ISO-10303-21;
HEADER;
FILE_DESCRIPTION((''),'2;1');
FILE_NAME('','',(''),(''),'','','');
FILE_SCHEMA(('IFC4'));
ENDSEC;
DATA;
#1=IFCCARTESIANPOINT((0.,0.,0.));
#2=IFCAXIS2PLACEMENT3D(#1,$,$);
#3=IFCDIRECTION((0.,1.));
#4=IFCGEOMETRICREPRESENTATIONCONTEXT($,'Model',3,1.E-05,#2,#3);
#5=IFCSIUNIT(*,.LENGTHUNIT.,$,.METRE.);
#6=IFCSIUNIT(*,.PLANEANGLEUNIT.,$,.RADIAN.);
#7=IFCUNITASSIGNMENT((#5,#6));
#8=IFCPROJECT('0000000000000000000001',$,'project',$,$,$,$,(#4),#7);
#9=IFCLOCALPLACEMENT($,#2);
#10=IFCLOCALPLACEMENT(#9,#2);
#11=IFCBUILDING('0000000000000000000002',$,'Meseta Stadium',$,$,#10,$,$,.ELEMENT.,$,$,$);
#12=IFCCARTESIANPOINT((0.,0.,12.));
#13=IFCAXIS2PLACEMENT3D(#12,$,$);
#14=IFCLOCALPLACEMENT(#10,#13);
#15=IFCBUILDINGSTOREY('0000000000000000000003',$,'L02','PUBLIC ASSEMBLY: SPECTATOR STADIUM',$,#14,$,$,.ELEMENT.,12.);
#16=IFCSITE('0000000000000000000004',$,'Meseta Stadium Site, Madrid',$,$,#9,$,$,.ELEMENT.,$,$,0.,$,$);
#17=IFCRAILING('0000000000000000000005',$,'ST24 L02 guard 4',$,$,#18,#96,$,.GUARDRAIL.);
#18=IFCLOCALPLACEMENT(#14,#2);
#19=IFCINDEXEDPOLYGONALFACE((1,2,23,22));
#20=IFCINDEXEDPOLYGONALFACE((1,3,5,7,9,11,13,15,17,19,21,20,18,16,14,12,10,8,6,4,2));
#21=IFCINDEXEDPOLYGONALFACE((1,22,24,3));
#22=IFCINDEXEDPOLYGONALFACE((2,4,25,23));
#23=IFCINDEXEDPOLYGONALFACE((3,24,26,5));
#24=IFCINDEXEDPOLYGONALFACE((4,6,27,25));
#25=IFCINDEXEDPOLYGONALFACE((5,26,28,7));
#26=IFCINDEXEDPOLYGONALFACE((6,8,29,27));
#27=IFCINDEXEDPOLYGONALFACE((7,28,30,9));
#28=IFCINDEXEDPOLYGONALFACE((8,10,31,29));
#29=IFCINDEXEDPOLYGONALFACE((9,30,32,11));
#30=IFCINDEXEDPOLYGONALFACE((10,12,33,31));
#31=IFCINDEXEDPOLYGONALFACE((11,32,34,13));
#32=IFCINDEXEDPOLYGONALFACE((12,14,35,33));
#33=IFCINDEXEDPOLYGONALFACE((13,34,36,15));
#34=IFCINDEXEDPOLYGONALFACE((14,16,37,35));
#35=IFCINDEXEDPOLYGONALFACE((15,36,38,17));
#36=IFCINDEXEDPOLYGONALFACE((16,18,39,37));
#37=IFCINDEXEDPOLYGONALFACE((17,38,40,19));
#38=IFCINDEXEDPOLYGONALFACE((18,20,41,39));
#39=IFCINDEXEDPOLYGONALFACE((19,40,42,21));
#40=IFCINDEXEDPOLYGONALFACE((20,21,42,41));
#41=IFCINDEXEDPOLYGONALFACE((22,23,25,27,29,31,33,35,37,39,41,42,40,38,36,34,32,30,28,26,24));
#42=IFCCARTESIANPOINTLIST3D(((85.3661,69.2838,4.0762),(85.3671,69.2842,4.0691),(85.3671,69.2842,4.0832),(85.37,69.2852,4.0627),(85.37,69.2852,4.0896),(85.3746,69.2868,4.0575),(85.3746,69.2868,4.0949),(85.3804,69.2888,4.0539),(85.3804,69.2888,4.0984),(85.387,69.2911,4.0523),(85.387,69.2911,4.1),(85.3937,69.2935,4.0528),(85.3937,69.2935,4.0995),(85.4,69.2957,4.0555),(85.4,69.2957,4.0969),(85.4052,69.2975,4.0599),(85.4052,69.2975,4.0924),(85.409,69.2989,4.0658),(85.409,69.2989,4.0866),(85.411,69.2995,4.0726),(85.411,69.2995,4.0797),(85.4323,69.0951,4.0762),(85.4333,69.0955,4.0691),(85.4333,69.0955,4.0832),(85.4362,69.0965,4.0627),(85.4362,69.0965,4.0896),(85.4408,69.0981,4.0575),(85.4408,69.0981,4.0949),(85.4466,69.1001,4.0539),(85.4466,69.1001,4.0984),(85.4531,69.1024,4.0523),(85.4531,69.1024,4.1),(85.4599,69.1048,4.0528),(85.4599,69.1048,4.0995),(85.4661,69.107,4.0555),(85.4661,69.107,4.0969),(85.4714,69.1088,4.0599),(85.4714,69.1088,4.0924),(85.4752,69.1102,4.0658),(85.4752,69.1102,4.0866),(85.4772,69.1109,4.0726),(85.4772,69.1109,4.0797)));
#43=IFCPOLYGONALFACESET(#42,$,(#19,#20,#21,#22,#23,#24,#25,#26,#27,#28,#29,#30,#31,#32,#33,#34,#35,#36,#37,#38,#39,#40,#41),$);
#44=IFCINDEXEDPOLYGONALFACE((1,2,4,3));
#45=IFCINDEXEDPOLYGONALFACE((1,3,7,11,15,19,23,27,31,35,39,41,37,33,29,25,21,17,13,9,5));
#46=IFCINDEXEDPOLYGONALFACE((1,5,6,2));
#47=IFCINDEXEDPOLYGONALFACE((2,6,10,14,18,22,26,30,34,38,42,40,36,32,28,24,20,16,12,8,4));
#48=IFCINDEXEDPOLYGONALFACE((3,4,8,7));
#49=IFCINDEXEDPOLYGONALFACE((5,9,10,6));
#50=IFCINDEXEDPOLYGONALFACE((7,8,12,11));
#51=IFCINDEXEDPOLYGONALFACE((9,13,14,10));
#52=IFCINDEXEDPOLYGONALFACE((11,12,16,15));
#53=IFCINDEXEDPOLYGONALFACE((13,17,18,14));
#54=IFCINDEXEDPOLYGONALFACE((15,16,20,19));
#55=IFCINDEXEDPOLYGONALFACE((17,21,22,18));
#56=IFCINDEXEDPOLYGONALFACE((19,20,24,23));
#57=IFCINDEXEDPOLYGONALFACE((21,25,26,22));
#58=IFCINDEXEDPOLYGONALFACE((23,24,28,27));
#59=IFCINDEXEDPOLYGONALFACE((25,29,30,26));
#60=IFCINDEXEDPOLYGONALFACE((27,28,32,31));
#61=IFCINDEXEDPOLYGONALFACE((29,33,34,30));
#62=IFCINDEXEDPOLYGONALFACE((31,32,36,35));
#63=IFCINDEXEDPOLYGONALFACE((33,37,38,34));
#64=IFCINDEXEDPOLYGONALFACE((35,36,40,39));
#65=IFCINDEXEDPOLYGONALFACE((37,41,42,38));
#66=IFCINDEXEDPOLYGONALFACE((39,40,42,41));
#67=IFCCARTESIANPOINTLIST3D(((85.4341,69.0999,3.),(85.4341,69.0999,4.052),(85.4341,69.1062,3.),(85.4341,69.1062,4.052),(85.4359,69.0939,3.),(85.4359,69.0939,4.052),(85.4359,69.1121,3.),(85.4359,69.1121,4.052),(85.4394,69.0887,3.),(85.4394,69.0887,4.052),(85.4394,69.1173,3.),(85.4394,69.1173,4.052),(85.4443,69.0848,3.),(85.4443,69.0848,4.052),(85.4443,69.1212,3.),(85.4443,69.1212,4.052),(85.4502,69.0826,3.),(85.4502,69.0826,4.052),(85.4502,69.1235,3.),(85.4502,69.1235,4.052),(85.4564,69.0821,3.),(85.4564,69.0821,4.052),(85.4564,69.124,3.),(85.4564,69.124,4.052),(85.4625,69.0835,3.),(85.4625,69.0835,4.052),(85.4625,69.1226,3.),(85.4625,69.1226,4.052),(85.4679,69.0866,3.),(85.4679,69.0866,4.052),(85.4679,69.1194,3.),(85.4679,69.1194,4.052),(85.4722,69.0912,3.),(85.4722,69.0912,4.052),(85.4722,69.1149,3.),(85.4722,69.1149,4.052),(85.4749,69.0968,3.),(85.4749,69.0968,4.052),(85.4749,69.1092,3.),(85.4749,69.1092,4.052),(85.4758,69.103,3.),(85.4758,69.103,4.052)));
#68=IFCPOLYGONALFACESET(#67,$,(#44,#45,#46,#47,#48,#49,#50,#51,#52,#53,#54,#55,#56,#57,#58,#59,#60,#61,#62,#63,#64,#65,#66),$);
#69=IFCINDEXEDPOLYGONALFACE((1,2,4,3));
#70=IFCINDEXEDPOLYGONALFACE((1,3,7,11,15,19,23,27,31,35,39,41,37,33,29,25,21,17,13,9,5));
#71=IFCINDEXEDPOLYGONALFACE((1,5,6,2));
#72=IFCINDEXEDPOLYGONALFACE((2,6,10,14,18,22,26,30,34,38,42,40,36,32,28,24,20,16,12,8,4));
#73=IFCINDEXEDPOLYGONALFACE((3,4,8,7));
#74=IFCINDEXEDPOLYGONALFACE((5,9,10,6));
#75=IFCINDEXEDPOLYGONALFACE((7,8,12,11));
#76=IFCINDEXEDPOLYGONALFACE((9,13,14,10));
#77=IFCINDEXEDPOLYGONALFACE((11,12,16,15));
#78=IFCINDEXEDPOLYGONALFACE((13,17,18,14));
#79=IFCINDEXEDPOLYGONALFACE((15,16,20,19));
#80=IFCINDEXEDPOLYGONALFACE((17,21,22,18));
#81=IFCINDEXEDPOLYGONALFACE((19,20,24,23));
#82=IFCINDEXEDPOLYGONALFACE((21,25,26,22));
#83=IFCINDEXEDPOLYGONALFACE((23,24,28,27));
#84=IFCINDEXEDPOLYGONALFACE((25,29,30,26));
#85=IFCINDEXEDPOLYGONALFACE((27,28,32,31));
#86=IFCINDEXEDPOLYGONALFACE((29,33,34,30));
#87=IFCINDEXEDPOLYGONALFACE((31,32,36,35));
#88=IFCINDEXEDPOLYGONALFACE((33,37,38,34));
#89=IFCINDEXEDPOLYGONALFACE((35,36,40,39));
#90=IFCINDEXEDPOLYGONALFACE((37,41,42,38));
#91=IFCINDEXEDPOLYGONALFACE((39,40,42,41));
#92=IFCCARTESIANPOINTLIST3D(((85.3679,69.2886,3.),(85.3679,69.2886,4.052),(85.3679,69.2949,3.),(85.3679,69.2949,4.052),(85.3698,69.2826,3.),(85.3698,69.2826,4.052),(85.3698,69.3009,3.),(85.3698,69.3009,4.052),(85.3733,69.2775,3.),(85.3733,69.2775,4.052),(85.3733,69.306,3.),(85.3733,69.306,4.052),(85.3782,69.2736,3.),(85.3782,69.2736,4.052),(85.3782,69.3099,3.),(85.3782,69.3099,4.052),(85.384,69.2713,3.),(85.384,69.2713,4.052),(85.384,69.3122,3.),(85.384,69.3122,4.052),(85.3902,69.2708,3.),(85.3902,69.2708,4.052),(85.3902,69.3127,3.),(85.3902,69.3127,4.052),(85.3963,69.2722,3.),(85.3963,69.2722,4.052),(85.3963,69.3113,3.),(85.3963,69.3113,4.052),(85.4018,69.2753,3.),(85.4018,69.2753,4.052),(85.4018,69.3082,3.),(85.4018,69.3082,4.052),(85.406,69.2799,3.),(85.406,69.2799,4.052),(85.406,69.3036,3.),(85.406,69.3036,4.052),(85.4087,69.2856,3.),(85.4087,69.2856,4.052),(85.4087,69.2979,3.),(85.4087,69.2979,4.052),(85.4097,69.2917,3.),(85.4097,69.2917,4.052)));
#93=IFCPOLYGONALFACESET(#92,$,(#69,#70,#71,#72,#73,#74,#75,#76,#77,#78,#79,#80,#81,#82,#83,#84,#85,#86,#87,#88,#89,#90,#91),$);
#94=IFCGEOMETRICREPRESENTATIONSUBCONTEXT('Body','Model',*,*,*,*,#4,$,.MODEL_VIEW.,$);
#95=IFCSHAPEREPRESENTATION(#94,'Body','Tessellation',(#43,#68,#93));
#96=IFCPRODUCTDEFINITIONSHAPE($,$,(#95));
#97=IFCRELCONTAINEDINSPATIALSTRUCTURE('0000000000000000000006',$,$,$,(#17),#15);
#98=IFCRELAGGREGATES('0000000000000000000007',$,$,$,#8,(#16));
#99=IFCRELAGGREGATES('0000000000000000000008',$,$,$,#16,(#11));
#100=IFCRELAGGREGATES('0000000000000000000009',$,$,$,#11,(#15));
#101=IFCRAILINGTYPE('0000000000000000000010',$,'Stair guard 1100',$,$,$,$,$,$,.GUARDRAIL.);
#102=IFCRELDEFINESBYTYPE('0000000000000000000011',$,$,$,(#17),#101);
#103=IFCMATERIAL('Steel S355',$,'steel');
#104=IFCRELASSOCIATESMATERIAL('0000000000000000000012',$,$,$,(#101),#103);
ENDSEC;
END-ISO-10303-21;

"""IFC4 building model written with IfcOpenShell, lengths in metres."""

from ifc_helpers import new_model, si_unit, direction, frame, origin, origin_2d, place, context, subcontext, project, spatial, circle, extrude, material, type_object, element, save


model = new_model("IFC4")

# Units and contexts
model_context = context("Model", 3, precision=1e-05, world=origin(), true_north=direction((0.0, 1.0)))
body_context = subcontext(model_context, "Body", "Model", "MODEL_VIEW")
ifc_project = project(units=[si_unit("LENGTHUNIT", "METRE"), si_unit("PLANEANGLEUNIT", "RADIAN")], contexts=[model_context])

# Site, building, storey
site_placement = place(None, origin())
site = spatial("IfcSite", under=ifc_project, at=site_placement, Name="Meseta Stadium Site, Madrid", CompositionType="ELEMENT", RefElevation=0.0)
building_placement = place(site_placement, origin())
building = spatial("IfcBuilding", under=site, at=building_placement, Name="Meseta Stadium", CompositionType="ELEMENT")
storey_placement = place(building_placement, frame((0.0, 0.0, 12.0)))
storey = spatial("IfcBuildingStorey", under=building, at=storey_placement, Name="L02", Description="PUBLIC ASSEMBLY: SPECTATOR STADIUM", CompositionType="ELEMENT", Elevation=12.0)

# Railing
ifc_material_1 = material(Name="Steel S355", Category="steel")
railing_type_1 = type_object("IfcRailingType", Name="Stair guard 1100", PredefinedType="GUARDRAIL", material=ifc_material_1)
railing_1_placement = place(storey_placement, frame((85.4548, 69.103, 3.0)))
element("IfcRailing", 1, at=railing_1_placement, inside=storey, type_object=railing_type_1, Name="ST24 L02 guard 4", PredefinedType="GUARDRAIL", context=body_context, shape_type="SweptSolid", body=[
    extrude(circle(Radius=0.0239, at=origin_2d()), frame((0.0, 0.0, 1.0762), z_axis=(-0.33084, 0.943687, 0.0), x_axis=(-0.943687, -0.33084, 0.0)), (0.0, 0.0, 1.0), 0.2),
    extrude(circle(Radius=0.021, at=origin_2d()), origin(), (0.0, 0.0, 1.0), 1.052),
    extrude(circle(Radius=0.021, at=origin_2d()), frame((-0.0662, 0.1887, 0.0)), (0.0, 0.0, 1.0), 1.052),
])

save(model, "model.ifc")
